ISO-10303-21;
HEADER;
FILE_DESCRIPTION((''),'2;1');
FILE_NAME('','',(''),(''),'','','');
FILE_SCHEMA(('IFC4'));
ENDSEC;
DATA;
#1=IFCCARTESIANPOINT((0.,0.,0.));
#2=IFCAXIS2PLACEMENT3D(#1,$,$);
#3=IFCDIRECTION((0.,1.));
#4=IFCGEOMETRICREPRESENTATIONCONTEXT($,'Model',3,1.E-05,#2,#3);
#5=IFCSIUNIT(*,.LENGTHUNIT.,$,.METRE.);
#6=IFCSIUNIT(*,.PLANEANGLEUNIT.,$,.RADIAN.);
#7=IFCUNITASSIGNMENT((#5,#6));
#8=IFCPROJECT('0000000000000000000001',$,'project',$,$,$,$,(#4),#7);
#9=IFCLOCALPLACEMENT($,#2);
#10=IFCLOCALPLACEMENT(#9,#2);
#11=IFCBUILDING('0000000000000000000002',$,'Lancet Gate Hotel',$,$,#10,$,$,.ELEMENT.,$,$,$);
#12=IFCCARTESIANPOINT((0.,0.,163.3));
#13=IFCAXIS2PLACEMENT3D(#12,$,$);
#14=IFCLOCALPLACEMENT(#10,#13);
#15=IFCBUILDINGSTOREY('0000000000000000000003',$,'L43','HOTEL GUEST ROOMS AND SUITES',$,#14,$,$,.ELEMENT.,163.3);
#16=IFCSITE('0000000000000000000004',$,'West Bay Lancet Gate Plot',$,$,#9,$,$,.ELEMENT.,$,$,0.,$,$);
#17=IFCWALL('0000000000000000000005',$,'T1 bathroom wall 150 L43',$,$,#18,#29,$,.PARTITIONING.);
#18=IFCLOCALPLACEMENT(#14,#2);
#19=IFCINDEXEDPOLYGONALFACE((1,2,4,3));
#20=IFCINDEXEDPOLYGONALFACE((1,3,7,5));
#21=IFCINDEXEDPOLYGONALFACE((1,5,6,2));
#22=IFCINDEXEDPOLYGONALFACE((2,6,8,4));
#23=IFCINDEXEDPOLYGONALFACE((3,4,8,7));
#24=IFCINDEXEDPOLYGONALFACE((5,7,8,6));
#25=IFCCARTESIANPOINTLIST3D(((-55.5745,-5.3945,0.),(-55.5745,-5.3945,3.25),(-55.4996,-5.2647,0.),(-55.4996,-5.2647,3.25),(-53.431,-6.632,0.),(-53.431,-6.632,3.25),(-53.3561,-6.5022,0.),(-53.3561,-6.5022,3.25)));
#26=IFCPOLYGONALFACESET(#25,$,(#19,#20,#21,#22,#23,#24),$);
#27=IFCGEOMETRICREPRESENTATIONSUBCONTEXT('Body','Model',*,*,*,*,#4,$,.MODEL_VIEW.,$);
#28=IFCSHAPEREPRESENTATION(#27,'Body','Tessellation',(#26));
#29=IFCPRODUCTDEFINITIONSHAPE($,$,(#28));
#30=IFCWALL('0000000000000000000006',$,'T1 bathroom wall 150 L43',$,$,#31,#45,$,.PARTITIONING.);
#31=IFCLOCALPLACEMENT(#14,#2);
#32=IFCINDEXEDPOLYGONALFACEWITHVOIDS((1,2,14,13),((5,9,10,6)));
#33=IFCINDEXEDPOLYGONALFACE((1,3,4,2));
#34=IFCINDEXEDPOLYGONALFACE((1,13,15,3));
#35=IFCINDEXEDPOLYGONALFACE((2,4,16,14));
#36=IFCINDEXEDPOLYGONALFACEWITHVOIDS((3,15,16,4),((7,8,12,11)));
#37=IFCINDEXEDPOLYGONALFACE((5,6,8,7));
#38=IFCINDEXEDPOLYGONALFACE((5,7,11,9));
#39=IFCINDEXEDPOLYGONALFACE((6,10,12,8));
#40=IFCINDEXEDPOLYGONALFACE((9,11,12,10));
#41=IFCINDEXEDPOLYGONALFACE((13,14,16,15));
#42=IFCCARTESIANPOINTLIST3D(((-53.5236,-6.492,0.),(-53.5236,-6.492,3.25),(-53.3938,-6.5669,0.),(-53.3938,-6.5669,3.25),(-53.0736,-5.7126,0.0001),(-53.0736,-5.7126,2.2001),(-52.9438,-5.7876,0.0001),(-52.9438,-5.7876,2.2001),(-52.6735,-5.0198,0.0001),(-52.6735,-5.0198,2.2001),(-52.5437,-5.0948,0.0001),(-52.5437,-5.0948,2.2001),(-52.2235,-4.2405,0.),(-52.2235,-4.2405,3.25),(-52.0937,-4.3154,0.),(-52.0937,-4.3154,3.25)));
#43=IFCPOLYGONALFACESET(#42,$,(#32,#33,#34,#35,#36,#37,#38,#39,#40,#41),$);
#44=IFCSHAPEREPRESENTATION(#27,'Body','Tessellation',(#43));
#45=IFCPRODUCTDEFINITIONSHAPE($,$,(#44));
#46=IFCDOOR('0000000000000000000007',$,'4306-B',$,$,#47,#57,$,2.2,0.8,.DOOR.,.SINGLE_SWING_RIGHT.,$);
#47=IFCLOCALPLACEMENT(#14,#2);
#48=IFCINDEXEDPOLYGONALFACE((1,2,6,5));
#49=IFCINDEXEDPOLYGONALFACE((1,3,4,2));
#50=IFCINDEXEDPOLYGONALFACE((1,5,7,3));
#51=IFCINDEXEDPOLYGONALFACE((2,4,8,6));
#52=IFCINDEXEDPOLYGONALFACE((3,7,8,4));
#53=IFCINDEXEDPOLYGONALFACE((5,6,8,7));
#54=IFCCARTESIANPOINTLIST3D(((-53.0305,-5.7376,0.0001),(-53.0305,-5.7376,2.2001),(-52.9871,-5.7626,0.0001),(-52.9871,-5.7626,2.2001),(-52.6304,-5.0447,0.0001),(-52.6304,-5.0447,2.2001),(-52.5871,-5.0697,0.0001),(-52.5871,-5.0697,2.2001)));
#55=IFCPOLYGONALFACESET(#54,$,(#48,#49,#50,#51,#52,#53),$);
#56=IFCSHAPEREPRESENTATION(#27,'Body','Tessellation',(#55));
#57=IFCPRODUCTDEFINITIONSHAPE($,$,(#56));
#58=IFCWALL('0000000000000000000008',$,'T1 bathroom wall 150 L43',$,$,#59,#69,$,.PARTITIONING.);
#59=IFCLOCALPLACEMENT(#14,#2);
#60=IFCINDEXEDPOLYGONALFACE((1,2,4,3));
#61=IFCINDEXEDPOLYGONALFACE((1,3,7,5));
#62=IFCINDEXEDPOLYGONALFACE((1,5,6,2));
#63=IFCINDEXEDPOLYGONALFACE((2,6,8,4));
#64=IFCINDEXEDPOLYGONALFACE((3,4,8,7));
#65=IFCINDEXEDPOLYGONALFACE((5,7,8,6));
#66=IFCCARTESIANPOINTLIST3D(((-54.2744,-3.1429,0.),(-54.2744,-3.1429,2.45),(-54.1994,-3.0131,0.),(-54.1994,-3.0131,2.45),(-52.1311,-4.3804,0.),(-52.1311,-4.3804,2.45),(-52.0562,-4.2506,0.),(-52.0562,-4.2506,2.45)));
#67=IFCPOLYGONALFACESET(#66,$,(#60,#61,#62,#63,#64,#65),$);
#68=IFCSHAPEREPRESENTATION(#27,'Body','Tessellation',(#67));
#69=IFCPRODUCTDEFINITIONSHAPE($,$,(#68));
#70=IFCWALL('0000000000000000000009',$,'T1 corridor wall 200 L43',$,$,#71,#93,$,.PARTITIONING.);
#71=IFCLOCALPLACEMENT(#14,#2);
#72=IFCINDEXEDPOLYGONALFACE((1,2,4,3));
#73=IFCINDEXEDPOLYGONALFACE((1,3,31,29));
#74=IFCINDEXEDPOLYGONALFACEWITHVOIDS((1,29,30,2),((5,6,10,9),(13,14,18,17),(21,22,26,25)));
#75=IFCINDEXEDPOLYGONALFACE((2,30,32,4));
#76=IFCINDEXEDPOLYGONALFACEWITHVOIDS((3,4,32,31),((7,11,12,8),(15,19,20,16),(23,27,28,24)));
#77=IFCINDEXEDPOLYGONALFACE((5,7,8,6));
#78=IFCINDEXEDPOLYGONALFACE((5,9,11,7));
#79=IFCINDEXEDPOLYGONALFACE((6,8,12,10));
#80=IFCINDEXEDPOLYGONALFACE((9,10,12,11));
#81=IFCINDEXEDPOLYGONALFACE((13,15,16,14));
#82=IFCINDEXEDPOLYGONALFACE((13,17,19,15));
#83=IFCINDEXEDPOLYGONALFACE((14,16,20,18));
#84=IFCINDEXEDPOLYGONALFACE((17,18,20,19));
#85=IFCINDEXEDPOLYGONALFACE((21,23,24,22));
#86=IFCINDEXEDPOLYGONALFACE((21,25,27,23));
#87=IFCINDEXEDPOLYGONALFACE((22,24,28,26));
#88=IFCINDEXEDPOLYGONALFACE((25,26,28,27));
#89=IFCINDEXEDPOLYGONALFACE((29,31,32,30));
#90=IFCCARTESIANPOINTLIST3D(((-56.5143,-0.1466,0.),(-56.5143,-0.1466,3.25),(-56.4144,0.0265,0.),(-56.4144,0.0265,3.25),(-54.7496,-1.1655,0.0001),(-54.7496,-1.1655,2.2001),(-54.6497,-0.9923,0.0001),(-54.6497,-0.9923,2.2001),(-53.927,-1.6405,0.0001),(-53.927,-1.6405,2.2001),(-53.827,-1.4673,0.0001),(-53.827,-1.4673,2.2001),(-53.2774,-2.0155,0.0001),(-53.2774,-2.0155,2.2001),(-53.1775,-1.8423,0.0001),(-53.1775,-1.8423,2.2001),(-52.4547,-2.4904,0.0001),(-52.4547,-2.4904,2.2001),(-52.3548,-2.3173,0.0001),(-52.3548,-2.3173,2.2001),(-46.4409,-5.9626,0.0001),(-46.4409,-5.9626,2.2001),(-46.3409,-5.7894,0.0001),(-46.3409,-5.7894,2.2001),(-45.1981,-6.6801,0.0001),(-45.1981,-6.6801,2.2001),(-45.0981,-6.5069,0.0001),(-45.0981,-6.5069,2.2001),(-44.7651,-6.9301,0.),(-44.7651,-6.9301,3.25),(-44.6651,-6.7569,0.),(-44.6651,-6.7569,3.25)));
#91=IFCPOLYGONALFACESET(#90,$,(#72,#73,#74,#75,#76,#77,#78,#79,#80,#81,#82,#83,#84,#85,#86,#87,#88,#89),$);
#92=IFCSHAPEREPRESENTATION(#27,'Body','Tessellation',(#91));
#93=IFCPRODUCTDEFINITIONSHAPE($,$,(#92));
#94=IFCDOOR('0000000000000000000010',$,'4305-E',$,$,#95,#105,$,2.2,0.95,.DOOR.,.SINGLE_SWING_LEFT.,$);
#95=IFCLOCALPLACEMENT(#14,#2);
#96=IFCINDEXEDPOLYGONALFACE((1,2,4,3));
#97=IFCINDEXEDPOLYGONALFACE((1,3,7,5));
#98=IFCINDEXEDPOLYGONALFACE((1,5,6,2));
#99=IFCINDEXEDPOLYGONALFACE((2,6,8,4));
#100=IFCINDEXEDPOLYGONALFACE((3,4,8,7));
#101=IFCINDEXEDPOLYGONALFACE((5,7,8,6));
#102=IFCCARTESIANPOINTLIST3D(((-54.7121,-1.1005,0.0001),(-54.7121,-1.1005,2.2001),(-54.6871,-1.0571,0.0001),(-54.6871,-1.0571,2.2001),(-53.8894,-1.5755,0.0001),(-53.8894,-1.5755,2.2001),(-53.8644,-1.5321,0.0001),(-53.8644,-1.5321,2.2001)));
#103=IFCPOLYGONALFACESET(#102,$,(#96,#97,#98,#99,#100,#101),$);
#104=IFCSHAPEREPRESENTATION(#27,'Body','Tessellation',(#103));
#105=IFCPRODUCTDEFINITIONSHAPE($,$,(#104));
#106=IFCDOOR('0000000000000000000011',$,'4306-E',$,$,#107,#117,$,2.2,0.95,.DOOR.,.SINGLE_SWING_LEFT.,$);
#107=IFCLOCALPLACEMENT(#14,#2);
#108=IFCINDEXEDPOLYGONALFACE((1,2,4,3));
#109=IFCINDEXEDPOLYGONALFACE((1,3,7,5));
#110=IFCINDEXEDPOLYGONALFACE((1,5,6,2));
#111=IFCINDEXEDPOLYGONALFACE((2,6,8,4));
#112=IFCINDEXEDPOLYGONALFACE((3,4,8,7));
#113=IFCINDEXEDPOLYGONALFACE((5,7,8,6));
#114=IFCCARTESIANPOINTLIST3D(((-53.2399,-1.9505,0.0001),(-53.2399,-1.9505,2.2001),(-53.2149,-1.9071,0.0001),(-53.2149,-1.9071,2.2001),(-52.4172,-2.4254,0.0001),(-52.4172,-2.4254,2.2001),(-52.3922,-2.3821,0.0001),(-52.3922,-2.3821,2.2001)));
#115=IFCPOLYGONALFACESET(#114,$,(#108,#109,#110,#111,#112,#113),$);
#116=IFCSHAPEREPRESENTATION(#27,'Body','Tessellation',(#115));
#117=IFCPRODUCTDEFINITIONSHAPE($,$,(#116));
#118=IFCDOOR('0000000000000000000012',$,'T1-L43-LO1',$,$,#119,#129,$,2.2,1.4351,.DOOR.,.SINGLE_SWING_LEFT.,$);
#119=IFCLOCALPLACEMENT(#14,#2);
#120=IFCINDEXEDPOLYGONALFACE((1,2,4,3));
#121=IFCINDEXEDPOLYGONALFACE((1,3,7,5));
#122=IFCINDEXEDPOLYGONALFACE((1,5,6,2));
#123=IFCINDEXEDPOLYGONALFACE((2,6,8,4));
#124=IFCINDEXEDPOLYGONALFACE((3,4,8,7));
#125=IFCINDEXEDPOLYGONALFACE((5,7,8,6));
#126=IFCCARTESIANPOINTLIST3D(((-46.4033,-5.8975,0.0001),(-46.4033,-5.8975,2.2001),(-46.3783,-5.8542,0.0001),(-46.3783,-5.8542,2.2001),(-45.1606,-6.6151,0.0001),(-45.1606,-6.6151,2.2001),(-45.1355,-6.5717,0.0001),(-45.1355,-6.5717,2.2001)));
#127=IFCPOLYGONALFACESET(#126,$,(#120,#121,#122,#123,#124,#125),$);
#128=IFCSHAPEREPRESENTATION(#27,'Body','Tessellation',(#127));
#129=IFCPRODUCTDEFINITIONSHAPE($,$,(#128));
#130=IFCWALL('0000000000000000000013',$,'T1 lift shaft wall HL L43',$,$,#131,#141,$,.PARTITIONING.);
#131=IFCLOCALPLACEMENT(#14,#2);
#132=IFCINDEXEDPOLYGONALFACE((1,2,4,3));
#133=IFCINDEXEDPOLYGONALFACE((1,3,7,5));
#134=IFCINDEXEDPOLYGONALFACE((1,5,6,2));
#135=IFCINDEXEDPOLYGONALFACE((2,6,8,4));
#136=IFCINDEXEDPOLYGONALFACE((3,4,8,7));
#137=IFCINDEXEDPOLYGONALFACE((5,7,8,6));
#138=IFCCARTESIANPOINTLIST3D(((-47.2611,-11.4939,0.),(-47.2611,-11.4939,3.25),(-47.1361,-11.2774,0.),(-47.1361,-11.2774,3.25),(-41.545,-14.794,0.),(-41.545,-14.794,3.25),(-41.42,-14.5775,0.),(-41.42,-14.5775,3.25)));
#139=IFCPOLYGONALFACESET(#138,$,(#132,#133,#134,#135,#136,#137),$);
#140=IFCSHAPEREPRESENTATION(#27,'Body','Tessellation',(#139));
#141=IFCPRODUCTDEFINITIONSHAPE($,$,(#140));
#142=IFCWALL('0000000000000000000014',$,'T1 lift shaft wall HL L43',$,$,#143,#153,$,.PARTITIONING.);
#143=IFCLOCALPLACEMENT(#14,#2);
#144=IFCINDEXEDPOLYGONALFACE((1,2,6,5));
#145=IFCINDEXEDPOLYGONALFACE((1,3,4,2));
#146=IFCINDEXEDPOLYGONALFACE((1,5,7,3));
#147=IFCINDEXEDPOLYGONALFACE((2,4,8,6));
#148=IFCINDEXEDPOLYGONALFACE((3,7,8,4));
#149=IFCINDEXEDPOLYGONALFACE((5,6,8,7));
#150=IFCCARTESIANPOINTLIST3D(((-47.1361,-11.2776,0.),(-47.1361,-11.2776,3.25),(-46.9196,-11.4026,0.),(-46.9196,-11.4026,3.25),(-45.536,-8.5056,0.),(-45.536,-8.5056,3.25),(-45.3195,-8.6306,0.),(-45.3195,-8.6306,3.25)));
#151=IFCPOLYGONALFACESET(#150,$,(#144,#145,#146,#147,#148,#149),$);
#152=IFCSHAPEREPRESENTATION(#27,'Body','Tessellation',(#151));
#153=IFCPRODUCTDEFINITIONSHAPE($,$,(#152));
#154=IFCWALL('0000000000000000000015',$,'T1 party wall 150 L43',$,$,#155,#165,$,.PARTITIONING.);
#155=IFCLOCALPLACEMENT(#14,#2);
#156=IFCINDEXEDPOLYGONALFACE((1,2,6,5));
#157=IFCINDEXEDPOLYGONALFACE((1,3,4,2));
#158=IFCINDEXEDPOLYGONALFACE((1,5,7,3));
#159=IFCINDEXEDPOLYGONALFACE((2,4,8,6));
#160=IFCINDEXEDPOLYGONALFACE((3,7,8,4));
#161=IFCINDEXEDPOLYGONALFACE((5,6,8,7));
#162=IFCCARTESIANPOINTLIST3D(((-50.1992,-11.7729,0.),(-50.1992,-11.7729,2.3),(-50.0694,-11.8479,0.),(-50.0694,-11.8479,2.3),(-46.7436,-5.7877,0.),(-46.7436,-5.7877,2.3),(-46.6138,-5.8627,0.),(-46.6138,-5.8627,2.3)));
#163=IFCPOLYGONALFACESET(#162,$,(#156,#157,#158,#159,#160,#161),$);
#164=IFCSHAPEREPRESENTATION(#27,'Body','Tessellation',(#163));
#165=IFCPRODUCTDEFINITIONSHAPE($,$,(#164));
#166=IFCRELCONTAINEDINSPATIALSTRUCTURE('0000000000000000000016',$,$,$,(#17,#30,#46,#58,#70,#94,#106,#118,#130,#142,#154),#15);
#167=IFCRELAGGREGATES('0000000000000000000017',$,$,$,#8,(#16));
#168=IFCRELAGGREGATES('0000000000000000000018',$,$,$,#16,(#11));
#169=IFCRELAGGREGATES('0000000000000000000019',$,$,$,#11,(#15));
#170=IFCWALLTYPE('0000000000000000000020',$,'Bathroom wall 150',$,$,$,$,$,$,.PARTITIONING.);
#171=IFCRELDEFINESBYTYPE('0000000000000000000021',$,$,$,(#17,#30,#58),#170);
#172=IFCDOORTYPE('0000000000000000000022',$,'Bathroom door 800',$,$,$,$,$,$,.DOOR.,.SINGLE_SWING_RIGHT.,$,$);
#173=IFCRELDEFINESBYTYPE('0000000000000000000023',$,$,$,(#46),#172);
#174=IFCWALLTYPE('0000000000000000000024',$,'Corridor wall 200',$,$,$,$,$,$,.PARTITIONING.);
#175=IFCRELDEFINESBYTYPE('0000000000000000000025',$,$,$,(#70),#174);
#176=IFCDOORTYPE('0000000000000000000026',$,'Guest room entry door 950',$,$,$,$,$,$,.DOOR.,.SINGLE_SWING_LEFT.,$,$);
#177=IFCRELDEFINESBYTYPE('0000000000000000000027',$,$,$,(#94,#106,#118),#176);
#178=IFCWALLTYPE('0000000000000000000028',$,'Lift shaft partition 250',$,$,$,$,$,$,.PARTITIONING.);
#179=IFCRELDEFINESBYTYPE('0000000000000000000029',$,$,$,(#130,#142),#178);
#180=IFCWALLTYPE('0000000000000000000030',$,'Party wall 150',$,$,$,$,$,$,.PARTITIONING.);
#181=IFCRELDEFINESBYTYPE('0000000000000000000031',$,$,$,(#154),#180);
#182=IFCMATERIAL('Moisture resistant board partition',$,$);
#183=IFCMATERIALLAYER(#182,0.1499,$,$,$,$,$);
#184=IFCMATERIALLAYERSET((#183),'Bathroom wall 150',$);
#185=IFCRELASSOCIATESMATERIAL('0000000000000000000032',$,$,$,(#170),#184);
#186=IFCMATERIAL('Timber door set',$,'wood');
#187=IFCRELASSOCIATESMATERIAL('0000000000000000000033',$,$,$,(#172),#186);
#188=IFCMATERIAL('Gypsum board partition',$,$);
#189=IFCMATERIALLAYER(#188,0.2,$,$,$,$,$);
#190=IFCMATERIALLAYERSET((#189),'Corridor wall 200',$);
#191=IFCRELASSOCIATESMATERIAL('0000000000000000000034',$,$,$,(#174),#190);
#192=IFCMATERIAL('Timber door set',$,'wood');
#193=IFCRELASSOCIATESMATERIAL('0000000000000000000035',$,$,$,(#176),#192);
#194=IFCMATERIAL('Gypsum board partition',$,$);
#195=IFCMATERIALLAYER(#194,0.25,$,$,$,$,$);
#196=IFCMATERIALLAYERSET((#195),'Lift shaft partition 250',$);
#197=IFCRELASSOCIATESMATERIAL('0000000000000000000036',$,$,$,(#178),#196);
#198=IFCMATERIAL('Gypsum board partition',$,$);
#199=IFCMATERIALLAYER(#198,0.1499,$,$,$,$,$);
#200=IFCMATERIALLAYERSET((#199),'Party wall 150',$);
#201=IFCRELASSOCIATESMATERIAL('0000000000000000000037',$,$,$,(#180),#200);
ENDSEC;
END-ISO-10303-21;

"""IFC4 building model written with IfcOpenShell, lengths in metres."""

from ifc_helpers import new_model, si_unit, direction, frame, frame_2d, origin, place, context, subcontext, project, spatial, rectangle, extrude, material, layer, layer_set, type_object, element, fill, save


model = new_model("IFC4")

# Units and contexts
model_context = context("Model", 3, precision=1e-05, world=origin(), true_north=direction((0.0, 1.0)))
body_context = subcontext(model_context, "Body", "Model", "MODEL_VIEW")
ifc_project = project(units=[si_unit("LENGTHUNIT", "METRE"), si_unit("PLANEANGLEUNIT", "RADIAN")], contexts=[model_context])

# Site, building, storey
site_placement = place(None, origin())
site = spatial("IfcSite", under=ifc_project, at=site_placement, Name="West Bay Lancet Gate Plot", CompositionType="ELEMENT", RefElevation=0.0)
building_placement = place(site_placement, origin())
building = spatial("IfcBuilding", under=site, at=building_placement, Name="Lancet Gate Hotel", CompositionType="ELEMENT")
storey_placement = place(building_placement, frame((0.0, 0.0, 163.3)))
storey = spatial("IfcBuildingStorey", under=building, at=storey_placement, Name="L43", Description="HOTEL GUEST ROOMS AND SUITES", CompositionType="ELEMENT", Elevation=163.3)

# Wall
ifc_material_1 = material(Name="Moisture resistant board partition")
ifc_layer_1 = layer(ifc_material_1, 0.1499)
ifc_layer_set_1 = layer_set([ifc_layer_1], Name="Bathroom wall 150")
wall_type_1 = type_object("IfcWallType", Name="Bathroom wall 150", PredefinedType="PARTITIONING", material=ifc_layer_set_1)
wall_1_placement = place(storey_placement, frame((-53.3936, -6.5671, 0.0), z_axis=(0.0, 0.0, 1.0), x_axis=(-0.866031, 0.49999, 0.0)))
element("IfcWall", 1, at=wall_1_placement, inside=storey, type_object=wall_type_1, Name="T1 bathroom wall 150 L43", PredefinedType="PARTITIONING", context=body_context, shape_type="SweptSolid", body=[
    extrude(rectangle(XDim=2.4751, YDim=0.1499, at=frame_2d((1.2375, 0.0))), origin(), (0.0, 0.0, 1.0), 3.25),
])

# Wall, opening, door
wall_2_placement = place(storey_placement, frame((-52.1587, -4.2781, 0.0), z_axis=(0.0, 0.0, 1.0), x_axis=(-0.500048, -0.865998, 0.0)))
wall_2 = element("IfcWall", 2, at=wall_2_placement, inside=storey, type_object=wall_type_1, Name="T1 bathroom wall 150 L43", PredefinedType="PARTITIONING", context=body_context, shape_type="SweptSolid", body=[
    extrude(rectangle(XDim=2.5999, YDim=0.1499, at=frame_2d((1.2998, 0.0))), origin(), (0.0, 0.0, 1.0), 3.25),
])
opening_1_placement = place(wall_2_placement, frame((0.8999, 0.0, 0.0)))
opening_1 = element("IfcOpeningElement", 3, at=opening_1_placement, cuts=wall_2, PredefinedType="OPENING", context=body_context, shape_type="SweptSolid", body=[
    extrude(rectangle(XDim=0.8, YDim=2.2, at=frame_2d((0.3999, 1.1001))), frame((0.0, 0.085, 0.0), z_axis=(0.0, -1.0, 0.0), x_axis=(1.0, 0.0, 0.0)), (0.0, 0.0, 1.0), 0.1699),
])
ifc_material_2 = material(Name="Timber door set", Category="wood")
door_type_1 = type_object("IfcDoorType", Name="Bathroom door 800", OperationType="SINGLE_SWING_RIGHT", PredefinedType="DOOR", material=ifc_material_2)
door_1_placement = place(opening_1_placement, origin())
door_1 = element("IfcDoor", 4, at=door_1_placement, inside=storey, type_object=door_type_1, Name="4306-B", OperationType="SINGLE_SWING_RIGHT", OverallHeight=2.2, OverallWidth=0.8, PredefinedType="DOOR", context=body_context, shape_type="SweptSolid", body=[
    extrude(rectangle(XDim=0.8, YDim=2.2, at=frame_2d((0.3999, 1.1001))), frame((0.0, 0.0249, 0.0), z_axis=(0.0, -1.0, 0.0), x_axis=(1.0, 0.0, 0.0)), (0.0, 0.0, 1.0), 0.05),
])
fill(opening_1, door_1)

# Wall
wall_3_placement = place(storey_placement, frame((-52.0938, -4.3154, 0.0), z_axis=(0.0, 0.0, 1.0), x_axis=(-0.866007, 0.500033, 0.0)))
element("IfcWall", 5, at=wall_3_placement, inside=storey, type_object=wall_type_1, Name="T1 bathroom wall 150 L43", PredefinedType="PARTITIONING", context=body_context, shape_type="SweptSolid", body=[
    extrude(rectangle(XDim=2.4749, YDim=0.1499, at=frame_2d((1.2373, 0.0))), origin(), (0.0, 0.0, 1.0), 2.45),
])

# Wall, openings, doors
ifc_material_3 = material(Name="Gypsum board partition")
ifc_layer_2 = layer(ifc_material_3, 0.2)
ifc_layer_set_2 = layer_set([ifc_layer_2], Name="Corridor wall 200")
wall_type_2 = type_object("IfcWallType", Name="Corridor wall 200", PredefinedType="PARTITIONING", material=ifc_layer_set_2)
wall_4_placement = place(storey_placement, frame((-44.7151, -6.8435, 0.0), z_axis=(0.0, 0.0, 1.0), x_axis=(-0.866025, 0.5, 0.0)))
wall_4 = element("IfcWall", 6, at=wall_4_placement, inside=storey, type_object=wall_type_2, Name="T1 corridor wall 200 L43", PredefinedType="PARTITIONING", context=body_context, shape_type="SweptSolid", body=[
    extrude(rectangle(XDim=13.5669, YDim=0.2, at=frame_2d((6.7834, 0.0))), origin(), (0.0, 0.0, 1.0), 3.25),
])
opening_2_placement = place(wall_4_placement, frame((10.5791, 0.0, 0.0)))
opening_2 = element("IfcOpeningElement", 7, at=opening_2_placement, cuts=wall_4, PredefinedType="OPENING", context=body_context, shape_type="SweptSolid", body=[
    extrude(rectangle(XDim=0.95, YDim=2.2, at=frame_2d((0.4751, 1.1001))), frame((0.0, 0.1099, 0.0), z_axis=(0.0, -1.0, 0.0), x_axis=(1.0, 0.0, 0.0)), (0.0, 0.0, 1.0), 0.22),
])
opening_3_placement = place(wall_4_placement, frame((8.8792, 0.0, 0.0)))
opening_3 = element("IfcOpeningElement", 8, at=opening_3_placement, cuts=wall_4, PredefinedType="OPENING", context=body_context, shape_type="SweptSolid", body=[
    extrude(rectangle(XDim=0.95, YDim=2.2, at=frame_2d((0.4751, 1.1001))), frame((0.0, 0.1099, 0.0), z_axis=(0.0, -1.0, 0.0), x_axis=(1.0, 0.0, 0.0)), (0.0, 0.0, 1.0), 0.22),
])
opening_4_placement = place(wall_4_placement, frame((0.5, 0.0, 0.0)))
opening_4 = element("IfcOpeningElement", 9, at=opening_4_placement, cuts=wall_4, PredefinedType="OPENING", context=body_context, shape_type="SweptSolid", body=[
    extrude(rectangle(XDim=1.4351, YDim=2.2, at=frame_2d((0.7175, 1.1001))), frame((0.0, 0.1099, 0.0), z_axis=(0.0, -1.0, 0.0), x_axis=(1.0, 0.0, 0.0)), (0.0, 0.0, 1.0), 0.22),
])
ifc_material_4 = material(Name="Timber door set", Category="wood")
door_type_2 = type_object("IfcDoorType", Name="Guest room entry door 950", OperationType="SINGLE_SWING_LEFT", PredefinedType="DOOR", material=ifc_material_4)
door_2_placement = place(opening_2_placement, origin())
door_2 = element("IfcDoor", 10, at=door_2_placement, inside=storey, type_object=door_type_2, Name="4305-E", OperationType="SINGLE_SWING_LEFT", OverallHeight=2.2, OverallWidth=0.95, PredefinedType="DOOR", context=body_context, shape_type="SweptSolid", body=[
    extrude(rectangle(XDim=0.95, YDim=2.2, at=frame_2d((0.4751, 1.1001))), frame((0.0, 0.0249, 0.0), z_axis=(0.0, -1.0, 0.0), x_axis=(1.0, 0.0, 0.0)), (0.0, 0.0, 1.0), 0.05),
])
fill(opening_2, door_2)
door_3_placement = place(opening_3_placement, origin())
door_3 = element("IfcDoor", 11, at=door_3_placement, inside=storey, type_object=door_type_2, Name="4306-E", OperationType="SINGLE_SWING_LEFT", OverallHeight=2.2, OverallWidth=0.95, PredefinedType="DOOR", context=body_context, shape_type="SweptSolid", body=[
    extrude(rectangle(XDim=0.95, YDim=2.2, at=frame_2d((0.4751, 1.1001))), frame((0.0, 0.0249, 0.0), z_axis=(0.0, -1.0, 0.0), x_axis=(1.0, 0.0, 0.0)), (0.0, 0.0, 1.0), 0.05),
])
fill(opening_3, door_3)
door_4_placement = place(opening_4_placement, origin())
door_4 = element("IfcDoor", 12, at=door_4_placement, inside=storey, type_object=door_type_2, Name="T1-L43-LO1", OperationType="SINGLE_SWING_LEFT", OverallHeight=2.2, OverallWidth=1.4351, PredefinedType="DOOR", context=body_context, shape_type="SweptSolid", body=[
    extrude(rectangle(XDim=1.4351, YDim=2.2, at=frame_2d((0.7175, 1.1001))), frame((0.0, 0.0249, 0.0), z_axis=(0.0, -1.0, 0.0), x_axis=(1.0, 0.0, 0.0)), (0.0, 0.0, 1.0), 0.05),
])
fill(opening_4, door_4)

# Walls
ifc_material_5 = material(Name="Gypsum board partition")
ifc_layer_3 = layer(ifc_material_5, 0.25)
ifc_layer_set_3 = layer_set([ifc_layer_3], Name="Lift shaft partition 250")
wall_type_3 = type_object("IfcWallType", Name="Lift shaft partition 250", PredefinedType="PARTITIONING", material=ifc_layer_set_3)
wall_5_placement = place(storey_placement, frame((-41.4824, -14.6858, 0.0), z_axis=(0.0, 0.0, 1.0), x_axis=(-0.866033, 0.499986, 0.0)))
element("IfcWall", 13, at=wall_5_placement, inside=storey, type_object=wall_type_3, Name="T1 lift shaft wall HL L43", PredefinedType="PARTITIONING", context=body_context, shape_type="SweptSolid", body=[
    extrude(rectangle(XDim=6.6003, YDim=0.25, at=frame_2d((3.3003, 0.0))), origin(), (0.0, 0.0, 1.0), 3.25),
])
wall_6_placement = place(storey_placement, frame((-45.4277, -8.5681, 0.0), z_axis=(0.0, 0.0, 1.0), x_axis=(-0.499929, -0.866066, 0.0)))
element("IfcWall", 14, at=wall_6_placement, inside=storey, type_object=wall_type_3, Name="T1 lift shaft wall HL L43", PredefinedType="PARTITIONING", context=body_context, shape_type="SweptSolid", body=[
    extrude(rectangle(XDim=3.2007, YDim=0.25, at=frame_2d((1.6003, 0.0))), origin(), (0.0, 0.0, 1.0), 3.25),
])
ifc_material_6 = material(Name="Gypsum board partition")
ifc_layer_4 = layer(ifc_material_6, 0.1499)
ifc_layer_set_4 = layer_set([ifc_layer_4], Name="Party wall 150")
wall_type_4 = type_object("IfcWallType", Name="Party wall 150", PredefinedType="PARTITIONING", material=ifc_layer_set_4)
wall_7_placement = place(storey_placement, frame((-46.6787, -5.8252, 0.0), z_axis=(0.0, 0.0, 1.0), x_axis=(-0.500007, -0.866021, 0.0)))
element("IfcWall", 15, at=wall_7_placement, inside=storey, type_object=wall_type_4, Name="T1 party wall 150 L43", PredefinedType="PARTITIONING", context=body_context, shape_type="SweptSolid", body=[
    extrude(rectangle(XDim=6.9111, YDim=0.1499, at=frame_2d((3.4556, 0.0))), origin(), (0.0, 0.0, 1.0), 2.3),
])

save(model, "model.ifc")
